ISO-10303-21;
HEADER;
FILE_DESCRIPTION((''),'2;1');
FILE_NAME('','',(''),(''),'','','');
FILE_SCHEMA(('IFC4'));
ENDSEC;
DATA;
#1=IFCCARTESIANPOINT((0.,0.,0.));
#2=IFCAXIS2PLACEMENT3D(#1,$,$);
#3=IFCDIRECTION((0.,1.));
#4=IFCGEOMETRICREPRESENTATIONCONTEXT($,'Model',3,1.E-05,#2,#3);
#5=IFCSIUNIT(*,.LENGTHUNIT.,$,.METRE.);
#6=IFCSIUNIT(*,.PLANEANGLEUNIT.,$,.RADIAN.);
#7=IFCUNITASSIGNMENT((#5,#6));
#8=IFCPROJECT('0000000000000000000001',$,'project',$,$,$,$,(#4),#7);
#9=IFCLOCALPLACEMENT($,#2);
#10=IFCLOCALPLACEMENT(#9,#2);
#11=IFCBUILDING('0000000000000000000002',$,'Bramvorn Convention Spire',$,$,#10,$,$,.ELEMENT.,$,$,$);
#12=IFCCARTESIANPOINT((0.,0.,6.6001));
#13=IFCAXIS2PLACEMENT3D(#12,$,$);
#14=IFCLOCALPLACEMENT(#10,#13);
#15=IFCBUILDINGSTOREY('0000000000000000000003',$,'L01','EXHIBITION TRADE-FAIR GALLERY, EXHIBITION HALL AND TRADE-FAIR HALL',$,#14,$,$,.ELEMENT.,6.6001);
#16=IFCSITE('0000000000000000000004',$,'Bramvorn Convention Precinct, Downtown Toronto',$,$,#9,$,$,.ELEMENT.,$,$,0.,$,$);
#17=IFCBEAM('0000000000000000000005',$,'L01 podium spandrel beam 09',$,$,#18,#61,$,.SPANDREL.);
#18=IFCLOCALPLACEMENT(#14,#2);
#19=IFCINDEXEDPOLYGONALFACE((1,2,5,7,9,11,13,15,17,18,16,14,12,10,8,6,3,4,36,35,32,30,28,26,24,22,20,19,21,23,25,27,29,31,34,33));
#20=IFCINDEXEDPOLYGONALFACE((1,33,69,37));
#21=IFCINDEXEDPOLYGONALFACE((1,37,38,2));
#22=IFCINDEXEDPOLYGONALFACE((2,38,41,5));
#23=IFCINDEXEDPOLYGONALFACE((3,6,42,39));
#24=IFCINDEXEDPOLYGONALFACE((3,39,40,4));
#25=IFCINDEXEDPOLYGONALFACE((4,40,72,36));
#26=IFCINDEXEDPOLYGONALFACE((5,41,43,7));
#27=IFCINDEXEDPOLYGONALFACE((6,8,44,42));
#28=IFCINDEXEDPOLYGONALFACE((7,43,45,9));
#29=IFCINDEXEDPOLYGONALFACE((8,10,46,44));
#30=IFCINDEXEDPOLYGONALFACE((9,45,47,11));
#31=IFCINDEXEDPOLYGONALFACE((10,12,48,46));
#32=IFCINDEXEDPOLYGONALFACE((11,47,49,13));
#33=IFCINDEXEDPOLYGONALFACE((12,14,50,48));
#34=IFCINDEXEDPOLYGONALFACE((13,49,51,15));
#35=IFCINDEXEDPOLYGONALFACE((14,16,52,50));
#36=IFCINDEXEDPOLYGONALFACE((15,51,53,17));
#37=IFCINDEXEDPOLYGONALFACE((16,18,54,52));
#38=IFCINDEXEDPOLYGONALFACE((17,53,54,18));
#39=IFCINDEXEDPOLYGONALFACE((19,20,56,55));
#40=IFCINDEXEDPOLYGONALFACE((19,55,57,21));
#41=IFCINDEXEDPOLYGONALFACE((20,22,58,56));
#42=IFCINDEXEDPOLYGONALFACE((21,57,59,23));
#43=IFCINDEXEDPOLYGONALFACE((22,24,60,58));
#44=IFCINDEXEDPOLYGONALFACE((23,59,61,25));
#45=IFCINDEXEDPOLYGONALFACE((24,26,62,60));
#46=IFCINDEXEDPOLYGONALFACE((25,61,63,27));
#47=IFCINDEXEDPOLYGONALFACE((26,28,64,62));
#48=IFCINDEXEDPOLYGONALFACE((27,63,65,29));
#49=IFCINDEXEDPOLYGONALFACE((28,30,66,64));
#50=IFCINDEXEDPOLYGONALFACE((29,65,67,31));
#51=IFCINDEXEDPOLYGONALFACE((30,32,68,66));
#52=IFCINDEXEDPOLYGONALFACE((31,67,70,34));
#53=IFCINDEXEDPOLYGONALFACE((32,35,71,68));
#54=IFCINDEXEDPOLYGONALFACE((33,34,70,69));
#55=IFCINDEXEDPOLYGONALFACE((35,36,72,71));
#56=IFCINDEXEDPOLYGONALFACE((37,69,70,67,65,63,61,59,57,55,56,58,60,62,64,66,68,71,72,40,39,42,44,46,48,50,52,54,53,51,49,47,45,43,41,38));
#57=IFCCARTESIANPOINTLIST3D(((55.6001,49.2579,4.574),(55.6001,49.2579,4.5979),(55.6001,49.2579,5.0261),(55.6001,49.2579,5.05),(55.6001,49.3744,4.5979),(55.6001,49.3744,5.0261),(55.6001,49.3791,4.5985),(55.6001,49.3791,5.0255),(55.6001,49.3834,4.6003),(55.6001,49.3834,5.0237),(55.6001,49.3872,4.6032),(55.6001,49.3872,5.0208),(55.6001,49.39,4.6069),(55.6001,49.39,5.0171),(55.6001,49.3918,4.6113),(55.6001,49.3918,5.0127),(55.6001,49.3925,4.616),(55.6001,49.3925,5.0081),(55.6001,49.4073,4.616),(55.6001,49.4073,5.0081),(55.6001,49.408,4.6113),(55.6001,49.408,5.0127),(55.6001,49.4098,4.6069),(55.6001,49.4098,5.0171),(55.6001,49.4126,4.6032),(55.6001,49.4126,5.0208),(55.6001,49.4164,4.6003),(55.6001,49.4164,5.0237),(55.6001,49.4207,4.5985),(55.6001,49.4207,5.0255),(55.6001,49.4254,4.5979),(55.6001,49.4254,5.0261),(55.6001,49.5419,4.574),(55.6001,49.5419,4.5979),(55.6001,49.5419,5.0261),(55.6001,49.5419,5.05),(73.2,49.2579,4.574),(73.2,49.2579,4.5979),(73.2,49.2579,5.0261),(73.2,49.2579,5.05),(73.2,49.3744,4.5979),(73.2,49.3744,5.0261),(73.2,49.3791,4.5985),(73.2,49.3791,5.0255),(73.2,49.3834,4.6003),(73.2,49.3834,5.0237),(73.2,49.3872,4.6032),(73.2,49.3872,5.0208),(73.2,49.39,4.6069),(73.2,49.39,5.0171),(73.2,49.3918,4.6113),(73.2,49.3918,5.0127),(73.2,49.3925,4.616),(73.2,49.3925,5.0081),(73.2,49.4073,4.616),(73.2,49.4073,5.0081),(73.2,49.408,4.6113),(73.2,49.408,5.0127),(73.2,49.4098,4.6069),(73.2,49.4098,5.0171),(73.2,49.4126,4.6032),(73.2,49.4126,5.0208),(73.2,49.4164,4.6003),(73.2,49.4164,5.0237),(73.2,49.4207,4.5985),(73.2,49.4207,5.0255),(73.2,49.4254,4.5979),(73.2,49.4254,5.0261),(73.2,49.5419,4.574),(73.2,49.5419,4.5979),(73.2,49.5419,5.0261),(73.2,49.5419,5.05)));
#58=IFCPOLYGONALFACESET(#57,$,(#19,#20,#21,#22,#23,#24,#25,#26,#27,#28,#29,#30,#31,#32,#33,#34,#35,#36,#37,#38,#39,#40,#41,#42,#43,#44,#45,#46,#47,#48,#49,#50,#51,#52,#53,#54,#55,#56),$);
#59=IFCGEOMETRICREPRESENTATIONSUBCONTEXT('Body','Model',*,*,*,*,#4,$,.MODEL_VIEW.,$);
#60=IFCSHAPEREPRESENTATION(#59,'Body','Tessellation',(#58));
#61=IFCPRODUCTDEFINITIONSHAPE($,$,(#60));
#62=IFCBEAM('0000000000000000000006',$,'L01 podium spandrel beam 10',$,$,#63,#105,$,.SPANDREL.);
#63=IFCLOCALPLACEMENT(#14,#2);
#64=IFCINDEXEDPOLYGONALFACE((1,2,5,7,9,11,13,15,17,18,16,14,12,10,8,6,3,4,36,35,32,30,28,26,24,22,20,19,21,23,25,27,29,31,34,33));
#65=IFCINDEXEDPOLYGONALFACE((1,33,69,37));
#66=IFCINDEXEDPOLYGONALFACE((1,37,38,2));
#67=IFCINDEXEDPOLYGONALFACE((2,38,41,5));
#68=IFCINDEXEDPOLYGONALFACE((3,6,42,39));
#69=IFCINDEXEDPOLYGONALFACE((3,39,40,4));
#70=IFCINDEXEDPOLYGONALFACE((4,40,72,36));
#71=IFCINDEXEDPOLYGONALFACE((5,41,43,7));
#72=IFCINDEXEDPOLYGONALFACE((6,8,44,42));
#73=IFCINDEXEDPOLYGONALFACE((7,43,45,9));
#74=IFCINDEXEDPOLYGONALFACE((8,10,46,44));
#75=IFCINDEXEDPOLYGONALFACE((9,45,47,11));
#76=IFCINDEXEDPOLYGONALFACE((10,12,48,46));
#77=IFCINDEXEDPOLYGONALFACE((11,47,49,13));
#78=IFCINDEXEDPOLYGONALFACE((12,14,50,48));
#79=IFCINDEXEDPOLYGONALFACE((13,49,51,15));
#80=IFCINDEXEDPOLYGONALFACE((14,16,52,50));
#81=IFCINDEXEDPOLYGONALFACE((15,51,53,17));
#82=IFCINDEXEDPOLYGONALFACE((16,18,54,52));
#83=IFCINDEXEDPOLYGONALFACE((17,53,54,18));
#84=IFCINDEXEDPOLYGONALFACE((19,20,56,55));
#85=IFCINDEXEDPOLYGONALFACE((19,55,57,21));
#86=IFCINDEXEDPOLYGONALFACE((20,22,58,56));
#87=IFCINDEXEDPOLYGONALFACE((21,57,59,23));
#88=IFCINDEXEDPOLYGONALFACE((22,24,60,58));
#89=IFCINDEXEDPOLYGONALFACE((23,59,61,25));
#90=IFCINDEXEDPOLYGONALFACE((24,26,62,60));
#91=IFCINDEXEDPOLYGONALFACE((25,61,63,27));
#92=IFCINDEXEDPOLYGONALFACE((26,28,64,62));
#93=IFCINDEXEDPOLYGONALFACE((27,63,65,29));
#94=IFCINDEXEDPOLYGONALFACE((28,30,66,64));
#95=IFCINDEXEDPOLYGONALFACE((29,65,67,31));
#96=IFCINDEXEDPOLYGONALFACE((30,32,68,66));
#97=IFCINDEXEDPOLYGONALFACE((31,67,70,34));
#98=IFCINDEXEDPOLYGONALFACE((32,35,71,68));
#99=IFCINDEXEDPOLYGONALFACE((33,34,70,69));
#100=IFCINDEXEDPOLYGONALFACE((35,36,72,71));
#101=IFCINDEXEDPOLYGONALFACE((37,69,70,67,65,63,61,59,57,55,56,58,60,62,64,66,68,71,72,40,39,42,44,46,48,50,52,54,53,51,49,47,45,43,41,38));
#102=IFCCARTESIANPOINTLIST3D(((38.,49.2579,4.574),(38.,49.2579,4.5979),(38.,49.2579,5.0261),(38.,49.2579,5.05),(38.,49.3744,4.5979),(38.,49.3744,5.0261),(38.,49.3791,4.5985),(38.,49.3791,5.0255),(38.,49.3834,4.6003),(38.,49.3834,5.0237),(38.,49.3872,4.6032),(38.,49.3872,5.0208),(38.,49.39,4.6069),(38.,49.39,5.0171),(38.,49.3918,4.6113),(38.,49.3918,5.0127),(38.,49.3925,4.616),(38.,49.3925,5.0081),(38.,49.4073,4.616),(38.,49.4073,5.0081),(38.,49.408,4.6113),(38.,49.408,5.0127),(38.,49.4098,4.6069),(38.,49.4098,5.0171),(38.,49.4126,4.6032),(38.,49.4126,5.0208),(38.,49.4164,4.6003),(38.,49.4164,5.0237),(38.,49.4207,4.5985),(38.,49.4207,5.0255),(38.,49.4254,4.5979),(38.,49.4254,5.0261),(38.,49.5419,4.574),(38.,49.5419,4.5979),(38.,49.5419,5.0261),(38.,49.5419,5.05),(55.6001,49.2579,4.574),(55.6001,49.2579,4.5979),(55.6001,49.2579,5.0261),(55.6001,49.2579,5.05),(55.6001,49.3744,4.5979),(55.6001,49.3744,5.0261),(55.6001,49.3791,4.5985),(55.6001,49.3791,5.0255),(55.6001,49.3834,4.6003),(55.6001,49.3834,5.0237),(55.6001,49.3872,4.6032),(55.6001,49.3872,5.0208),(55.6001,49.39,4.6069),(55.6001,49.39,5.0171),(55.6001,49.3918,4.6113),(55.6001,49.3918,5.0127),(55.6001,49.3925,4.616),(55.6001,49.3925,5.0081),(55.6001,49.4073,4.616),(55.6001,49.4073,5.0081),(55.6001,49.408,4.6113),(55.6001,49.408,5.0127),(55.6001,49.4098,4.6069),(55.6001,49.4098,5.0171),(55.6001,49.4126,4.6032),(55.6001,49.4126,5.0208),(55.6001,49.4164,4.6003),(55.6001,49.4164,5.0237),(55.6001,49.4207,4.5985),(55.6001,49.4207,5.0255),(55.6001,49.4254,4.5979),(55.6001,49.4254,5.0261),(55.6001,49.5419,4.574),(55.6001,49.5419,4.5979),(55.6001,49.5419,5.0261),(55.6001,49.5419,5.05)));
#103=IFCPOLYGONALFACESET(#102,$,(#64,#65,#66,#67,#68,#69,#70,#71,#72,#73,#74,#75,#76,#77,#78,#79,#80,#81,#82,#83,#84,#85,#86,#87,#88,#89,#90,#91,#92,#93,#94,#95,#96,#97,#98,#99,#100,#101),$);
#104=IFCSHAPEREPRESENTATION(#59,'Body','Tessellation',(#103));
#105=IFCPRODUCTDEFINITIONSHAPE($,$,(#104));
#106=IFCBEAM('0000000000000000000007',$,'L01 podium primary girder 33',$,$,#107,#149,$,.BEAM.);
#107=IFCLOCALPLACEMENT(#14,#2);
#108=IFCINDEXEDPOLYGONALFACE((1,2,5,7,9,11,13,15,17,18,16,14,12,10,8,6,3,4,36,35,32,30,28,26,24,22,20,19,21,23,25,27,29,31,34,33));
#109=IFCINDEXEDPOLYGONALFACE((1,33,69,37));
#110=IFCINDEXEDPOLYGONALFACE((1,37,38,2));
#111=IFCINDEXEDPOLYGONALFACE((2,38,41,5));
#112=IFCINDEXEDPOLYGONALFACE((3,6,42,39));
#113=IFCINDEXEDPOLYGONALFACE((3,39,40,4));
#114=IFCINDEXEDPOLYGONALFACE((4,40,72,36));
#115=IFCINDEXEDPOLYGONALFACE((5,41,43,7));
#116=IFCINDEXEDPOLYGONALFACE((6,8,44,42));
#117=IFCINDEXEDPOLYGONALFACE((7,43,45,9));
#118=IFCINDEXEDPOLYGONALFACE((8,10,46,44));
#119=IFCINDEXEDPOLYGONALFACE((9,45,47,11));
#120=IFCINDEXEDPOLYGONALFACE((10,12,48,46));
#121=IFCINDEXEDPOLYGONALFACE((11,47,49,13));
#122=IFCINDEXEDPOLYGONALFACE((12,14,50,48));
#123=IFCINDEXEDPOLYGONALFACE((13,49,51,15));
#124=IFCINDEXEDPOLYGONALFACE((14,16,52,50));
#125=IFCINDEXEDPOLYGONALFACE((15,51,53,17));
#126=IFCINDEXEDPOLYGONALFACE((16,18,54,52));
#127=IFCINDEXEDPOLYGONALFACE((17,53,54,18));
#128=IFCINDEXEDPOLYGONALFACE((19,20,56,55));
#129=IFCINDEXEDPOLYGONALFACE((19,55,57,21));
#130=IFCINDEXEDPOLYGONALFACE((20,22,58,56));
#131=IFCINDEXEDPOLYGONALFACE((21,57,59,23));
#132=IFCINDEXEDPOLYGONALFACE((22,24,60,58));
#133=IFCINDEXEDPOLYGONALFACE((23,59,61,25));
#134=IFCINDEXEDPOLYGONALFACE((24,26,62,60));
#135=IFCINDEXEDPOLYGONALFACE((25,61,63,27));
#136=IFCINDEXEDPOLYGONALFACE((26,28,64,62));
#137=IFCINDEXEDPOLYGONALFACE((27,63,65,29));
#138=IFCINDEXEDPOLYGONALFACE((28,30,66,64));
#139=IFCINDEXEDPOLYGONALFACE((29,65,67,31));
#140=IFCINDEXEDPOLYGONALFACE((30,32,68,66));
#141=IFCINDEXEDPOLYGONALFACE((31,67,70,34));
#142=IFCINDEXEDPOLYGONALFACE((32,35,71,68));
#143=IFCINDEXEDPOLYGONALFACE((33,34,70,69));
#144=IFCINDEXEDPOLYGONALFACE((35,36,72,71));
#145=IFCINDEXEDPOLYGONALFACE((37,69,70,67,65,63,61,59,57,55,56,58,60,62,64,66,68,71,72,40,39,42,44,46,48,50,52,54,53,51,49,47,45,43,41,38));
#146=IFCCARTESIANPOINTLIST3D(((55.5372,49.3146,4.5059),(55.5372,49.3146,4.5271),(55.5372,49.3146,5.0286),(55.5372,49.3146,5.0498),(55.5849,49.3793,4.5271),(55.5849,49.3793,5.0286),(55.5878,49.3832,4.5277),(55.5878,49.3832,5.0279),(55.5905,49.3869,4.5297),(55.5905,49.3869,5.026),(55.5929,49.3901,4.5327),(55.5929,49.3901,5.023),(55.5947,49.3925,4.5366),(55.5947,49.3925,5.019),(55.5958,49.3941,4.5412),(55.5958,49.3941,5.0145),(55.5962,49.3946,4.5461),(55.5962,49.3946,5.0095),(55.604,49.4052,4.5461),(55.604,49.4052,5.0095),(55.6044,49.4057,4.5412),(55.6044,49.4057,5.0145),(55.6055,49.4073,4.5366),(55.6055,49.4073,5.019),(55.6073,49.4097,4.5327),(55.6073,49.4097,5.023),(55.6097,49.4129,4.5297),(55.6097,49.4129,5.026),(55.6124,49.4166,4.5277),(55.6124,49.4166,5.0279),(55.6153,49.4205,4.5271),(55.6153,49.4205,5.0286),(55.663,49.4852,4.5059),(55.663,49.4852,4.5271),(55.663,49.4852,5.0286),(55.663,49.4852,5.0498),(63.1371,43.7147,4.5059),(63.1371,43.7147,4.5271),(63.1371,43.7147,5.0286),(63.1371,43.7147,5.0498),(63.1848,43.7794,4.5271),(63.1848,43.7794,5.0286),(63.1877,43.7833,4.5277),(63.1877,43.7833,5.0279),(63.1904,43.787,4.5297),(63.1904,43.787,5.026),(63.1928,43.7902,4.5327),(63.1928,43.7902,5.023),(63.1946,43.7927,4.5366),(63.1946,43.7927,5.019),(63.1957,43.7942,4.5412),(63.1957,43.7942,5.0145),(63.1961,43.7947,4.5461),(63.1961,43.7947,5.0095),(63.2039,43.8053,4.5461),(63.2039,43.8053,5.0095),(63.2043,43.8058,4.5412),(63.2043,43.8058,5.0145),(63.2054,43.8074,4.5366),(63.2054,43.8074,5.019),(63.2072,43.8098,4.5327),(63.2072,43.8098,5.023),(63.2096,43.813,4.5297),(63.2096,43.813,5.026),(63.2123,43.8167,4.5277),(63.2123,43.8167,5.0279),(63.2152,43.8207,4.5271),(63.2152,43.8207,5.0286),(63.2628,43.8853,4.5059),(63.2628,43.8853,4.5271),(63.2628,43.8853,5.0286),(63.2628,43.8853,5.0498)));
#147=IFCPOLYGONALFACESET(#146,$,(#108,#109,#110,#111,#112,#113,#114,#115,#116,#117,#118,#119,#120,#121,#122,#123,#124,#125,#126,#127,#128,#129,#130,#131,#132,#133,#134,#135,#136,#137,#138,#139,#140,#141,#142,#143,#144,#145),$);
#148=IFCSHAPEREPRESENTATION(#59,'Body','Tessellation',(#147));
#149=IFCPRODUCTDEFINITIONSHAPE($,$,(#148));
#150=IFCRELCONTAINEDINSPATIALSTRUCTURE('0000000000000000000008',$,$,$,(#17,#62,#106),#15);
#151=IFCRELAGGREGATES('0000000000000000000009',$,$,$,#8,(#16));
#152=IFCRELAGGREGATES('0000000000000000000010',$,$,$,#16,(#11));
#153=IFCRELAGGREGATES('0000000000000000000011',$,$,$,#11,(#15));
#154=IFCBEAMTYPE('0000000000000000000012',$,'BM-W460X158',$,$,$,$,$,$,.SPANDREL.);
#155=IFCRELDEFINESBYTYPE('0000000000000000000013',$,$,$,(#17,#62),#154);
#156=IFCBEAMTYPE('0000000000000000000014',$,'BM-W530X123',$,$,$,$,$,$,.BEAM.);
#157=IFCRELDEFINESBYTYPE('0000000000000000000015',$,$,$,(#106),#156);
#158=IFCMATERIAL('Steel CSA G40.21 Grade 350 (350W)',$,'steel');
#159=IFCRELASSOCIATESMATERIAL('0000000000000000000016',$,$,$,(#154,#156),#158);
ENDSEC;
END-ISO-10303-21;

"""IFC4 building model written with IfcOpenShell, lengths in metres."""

from ifc_helpers import new_model, si_unit, direction, frame, origin, origin_2d, place, context, subcontext, project, spatial, i_section, extrude, material, material_profile, profile_set, type_object, element, save


model = new_model("IFC4")

# Units and contexts
model_context = context("Model", 3, precision=1e-05, world=origin(), true_north=direction((0.0, 1.0)))
body_context = subcontext(model_context, "Body", "Model", "MODEL_VIEW")
ifc_project = project(units=[si_unit("LENGTHUNIT", "METRE"), si_unit("PLANEANGLEUNIT", "RADIAN")], contexts=[model_context])

# Site, building, storey
site_placement = place(None, origin())
site = spatial("IfcSite", under=ifc_project, at=site_placement, Name="Bramvorn Convention Precinct, Downtown Toronto", CompositionType="ELEMENT", RefElevation=0.0)
building_placement = place(site_placement, origin())
building = spatial("IfcBuilding", under=site, at=building_placement, Name="Bramvorn Convention Spire", CompositionType="ELEMENT")
storey_placement = place(building_placement, frame((0.0, 0.0, 6.6001)))
storey = spatial("IfcBuildingStorey", under=building, at=storey_placement, Name="L01", Description="EXHIBITION TRADE-FAIR GALLERY, EXHIBITION HALL AND TRADE-FAIR HALL", CompositionType="ELEMENT", Elevation=6.6001)

# Shared definitions
ifc_material_1 = material(Name="Steel CSA G40.21 Grade 350 (350W)", Category="steel")

# Beams
ifc_material_profile_1 = material_profile(ifc_material_1, i_section(OverallWidth=0.2839, OverallDepth=0.4761, WebThickness=0.0149, FlangeThickness=0.0239, FilletRadius=0.0181, at=origin_2d()))
ifc_profile_set_1 = profile_set([ifc_material_profile_1], Name="Steel CSA G40.21 Grade 350 (350W) - W460X158")
beam_type_1 = type_object("IfcBeamType", Name="BM-W460X158", PredefinedType="SPANDREL", material=ifc_profile_set_1)
beam_1_placement = place(storey_placement, frame((73.2, 49.3999, 4.812), z_axis=(-1.0, 0.0, 0.0), x_axis=(0.0, -1.0, 0.0)))
element("IfcBeam", 1, at=beam_1_placement, inside=storey, type_object=beam_type_1, Name="L01 podium spandrel beam 09", PredefinedType="SPANDREL", context=body_context, shape_type="SweptSolid", body=[
    extrude(i_section(OverallWidth=0.2839, OverallDepth=0.4761, WebThickness=0.0149, FlangeThickness=0.0239, FilletRadius=0.0181, at=origin_2d()), origin(), (0.0, 0.0, 1.0), 17.5999),
])
beam_2_placement = place(storey_placement, frame((55.6001, 49.3999, 4.812), z_axis=(-1.0, 0.0, 0.0), x_axis=(0.0, -1.0, 0.0)))
element("IfcBeam", 2, at=beam_2_placement, inside=storey, type_object=beam_type_1, Name="L01 podium spandrel beam 10", PredefinedType="SPANDREL", context=body_context, shape_type="SweptSolid", body=[
    extrude(i_section(OverallWidth=0.2839, OverallDepth=0.4761, WebThickness=0.0149, FlangeThickness=0.0239, FilletRadius=0.0181, at=origin_2d()), origin(), (0.0, 0.0, 1.0), 17.6001),
])
ifc_material_profile_2 = material_profile(ifc_material_1, i_section(OverallWidth=0.2119, OverallDepth=0.5439, WebThickness=0.0132, FlangeThickness=0.0212, FilletRadius=0.019, at=origin_2d()))
ifc_profile_set_2 = profile_set([ifc_material_profile_2], Name="Steel CSA G40.21 Grade 350 (350W) - W530X123")
beam_type_2 = type_object("IfcBeamType", Name="BM-W530X123", PredefinedType="BEAM", material=ifc_profile_set_2)
beam_3_placement = place(storey_placement, frame((55.6001, 49.3999, 4.7778), z_axis=(0.805058, -0.593196, 0.0), x_axis=(0.593196, 0.805058, 0.0)))
element("IfcBeam", 3, at=beam_3_placement, inside=storey, type_object=beam_type_2, Name="L01 podium primary girder 33", PredefinedType="BEAM", context=body_context, shape_type="SweptSolid", body=[
    extrude(i_section(OverallWidth=0.2119, OverallDepth=0.5439, WebThickness=0.0132, FlangeThickness=0.0212, FilletRadius=0.019, at=origin_2d()), origin(), (0.0, 0.0, 1.0), 9.4402),
])

save(model, "model.ifc")
